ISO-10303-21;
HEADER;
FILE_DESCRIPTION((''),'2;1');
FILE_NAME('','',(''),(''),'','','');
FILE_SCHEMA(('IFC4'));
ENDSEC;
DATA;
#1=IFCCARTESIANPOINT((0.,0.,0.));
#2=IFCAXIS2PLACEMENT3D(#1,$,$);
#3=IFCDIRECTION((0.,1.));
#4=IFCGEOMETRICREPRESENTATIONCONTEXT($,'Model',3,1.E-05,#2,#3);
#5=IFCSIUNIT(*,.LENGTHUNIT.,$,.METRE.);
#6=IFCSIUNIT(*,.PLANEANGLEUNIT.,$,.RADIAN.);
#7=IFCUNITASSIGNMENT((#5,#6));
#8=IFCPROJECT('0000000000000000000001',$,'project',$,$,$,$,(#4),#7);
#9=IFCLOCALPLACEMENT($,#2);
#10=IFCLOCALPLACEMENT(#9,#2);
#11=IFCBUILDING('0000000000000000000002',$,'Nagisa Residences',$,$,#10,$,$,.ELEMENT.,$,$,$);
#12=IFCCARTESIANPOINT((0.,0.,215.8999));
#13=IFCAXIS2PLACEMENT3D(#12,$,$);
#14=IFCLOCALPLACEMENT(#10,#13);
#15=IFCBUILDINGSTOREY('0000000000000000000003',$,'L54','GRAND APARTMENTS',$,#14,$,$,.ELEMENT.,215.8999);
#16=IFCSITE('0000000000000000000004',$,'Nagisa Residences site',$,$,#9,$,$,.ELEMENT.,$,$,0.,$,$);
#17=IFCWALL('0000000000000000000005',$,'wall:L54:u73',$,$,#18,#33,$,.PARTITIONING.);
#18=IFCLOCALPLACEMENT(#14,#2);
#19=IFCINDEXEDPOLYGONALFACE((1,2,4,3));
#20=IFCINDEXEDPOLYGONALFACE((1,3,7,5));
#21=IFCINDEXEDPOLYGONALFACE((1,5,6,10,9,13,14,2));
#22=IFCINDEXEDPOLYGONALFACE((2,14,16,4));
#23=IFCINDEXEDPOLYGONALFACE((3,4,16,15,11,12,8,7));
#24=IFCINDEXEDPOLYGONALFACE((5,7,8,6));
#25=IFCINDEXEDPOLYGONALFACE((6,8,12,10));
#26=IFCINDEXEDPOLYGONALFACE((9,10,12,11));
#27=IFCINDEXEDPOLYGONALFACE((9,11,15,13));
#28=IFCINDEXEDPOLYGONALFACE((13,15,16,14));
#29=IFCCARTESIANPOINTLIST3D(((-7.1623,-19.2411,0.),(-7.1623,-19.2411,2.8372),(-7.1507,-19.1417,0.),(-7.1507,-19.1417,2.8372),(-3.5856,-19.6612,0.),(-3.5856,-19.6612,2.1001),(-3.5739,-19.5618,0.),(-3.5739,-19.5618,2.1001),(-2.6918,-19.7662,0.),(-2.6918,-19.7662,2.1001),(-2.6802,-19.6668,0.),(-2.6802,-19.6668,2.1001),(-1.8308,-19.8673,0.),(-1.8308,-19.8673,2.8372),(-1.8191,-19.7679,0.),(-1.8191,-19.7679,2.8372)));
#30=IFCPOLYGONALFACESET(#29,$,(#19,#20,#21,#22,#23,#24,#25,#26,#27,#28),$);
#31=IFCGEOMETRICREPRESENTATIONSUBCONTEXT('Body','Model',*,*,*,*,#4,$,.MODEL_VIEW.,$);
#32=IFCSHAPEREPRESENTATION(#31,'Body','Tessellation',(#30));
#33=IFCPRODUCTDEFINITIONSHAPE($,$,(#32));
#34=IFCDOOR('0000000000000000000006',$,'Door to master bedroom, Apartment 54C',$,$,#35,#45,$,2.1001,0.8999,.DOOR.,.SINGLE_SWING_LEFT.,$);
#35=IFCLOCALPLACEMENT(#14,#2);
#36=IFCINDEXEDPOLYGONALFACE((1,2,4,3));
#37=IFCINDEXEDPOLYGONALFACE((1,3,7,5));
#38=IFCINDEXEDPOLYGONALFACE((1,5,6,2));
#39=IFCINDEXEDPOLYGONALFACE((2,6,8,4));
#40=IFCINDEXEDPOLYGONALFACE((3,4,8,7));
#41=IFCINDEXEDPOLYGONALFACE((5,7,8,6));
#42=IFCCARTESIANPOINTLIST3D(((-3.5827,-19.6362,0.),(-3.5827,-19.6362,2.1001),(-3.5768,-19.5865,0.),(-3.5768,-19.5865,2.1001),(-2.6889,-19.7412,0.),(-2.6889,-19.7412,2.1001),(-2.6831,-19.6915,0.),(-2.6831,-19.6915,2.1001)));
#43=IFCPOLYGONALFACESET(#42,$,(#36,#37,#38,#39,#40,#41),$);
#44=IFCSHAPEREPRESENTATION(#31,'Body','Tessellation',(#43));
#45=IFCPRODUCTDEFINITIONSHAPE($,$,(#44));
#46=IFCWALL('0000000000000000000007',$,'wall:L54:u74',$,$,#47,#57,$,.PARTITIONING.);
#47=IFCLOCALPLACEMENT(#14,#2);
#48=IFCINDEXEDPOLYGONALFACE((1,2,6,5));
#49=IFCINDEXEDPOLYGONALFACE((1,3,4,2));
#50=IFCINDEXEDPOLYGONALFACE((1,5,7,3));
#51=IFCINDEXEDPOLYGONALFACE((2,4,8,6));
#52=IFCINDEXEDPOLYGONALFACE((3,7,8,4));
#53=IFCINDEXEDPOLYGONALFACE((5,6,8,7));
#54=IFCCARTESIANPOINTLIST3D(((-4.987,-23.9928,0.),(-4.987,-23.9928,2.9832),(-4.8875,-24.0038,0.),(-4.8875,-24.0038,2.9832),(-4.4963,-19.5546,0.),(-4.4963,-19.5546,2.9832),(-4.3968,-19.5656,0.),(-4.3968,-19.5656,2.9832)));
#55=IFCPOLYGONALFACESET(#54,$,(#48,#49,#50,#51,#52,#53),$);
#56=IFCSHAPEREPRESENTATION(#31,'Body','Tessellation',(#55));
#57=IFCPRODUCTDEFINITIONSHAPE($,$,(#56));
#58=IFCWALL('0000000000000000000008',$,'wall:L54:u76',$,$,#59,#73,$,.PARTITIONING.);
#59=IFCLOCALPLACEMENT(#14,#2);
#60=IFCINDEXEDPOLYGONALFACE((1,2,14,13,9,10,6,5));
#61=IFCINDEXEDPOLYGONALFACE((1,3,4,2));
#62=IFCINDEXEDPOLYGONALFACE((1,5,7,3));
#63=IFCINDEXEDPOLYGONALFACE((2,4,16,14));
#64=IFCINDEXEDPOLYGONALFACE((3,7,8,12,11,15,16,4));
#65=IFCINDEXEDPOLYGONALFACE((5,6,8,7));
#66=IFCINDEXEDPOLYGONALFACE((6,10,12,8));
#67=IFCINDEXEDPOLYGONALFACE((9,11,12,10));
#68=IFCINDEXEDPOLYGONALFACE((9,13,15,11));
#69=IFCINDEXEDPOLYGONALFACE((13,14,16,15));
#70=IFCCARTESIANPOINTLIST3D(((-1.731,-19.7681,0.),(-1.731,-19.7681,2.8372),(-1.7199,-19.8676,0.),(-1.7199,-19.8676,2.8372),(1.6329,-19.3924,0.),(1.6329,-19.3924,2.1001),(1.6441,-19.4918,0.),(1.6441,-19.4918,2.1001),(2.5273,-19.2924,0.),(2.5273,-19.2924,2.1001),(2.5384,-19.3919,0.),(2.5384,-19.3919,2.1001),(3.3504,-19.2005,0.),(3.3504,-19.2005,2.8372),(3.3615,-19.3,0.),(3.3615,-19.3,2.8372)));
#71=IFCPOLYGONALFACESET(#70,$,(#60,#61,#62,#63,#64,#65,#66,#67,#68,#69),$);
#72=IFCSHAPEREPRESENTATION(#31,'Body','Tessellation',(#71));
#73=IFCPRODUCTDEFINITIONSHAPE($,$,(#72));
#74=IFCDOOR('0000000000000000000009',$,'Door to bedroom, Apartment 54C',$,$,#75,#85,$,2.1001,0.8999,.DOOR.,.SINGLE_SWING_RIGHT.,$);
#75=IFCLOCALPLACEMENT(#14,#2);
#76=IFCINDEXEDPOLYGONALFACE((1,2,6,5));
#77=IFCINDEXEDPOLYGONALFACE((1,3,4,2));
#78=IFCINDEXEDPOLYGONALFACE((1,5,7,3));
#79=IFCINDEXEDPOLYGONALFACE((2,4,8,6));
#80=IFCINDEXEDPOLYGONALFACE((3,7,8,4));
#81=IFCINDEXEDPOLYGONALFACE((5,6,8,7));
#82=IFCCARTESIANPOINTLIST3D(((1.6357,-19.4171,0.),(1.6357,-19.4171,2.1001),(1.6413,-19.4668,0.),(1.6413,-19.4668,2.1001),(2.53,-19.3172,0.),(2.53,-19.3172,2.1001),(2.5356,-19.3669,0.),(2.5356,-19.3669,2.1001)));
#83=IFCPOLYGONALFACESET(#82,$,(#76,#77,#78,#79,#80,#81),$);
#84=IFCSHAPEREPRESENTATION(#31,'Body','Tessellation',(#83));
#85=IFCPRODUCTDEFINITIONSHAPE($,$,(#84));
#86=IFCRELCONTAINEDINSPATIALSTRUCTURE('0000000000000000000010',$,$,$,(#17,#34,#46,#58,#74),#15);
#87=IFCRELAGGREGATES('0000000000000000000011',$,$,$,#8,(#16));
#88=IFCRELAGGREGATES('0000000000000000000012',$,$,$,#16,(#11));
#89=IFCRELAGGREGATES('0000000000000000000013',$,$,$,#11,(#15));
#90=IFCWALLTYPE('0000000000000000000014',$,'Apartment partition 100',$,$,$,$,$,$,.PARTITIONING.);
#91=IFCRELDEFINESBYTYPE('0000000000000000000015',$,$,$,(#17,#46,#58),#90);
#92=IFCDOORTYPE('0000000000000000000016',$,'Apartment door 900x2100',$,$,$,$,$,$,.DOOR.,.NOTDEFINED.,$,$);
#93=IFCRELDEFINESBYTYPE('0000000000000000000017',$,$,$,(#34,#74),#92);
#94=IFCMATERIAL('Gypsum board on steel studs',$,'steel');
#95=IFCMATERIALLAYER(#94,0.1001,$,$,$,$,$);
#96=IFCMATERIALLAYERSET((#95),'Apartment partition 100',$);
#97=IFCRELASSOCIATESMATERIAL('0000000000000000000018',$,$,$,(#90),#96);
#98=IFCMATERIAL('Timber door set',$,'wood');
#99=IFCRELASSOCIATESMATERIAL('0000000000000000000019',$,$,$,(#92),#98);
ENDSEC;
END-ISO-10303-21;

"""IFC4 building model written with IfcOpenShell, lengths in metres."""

from ifc_helpers import new_model, si_unit, direction, frame, frame_2d, origin, place, context, subcontext, project, spatial, rectangle, extrude, material, layer, layer_set, type_object, element, fill, save


model = new_model("IFC4")

# Units and contexts
model_context = context("Model", 3, precision=1e-05, world=origin(), true_north=direction((0.0, 1.0)))
body_context = subcontext(model_context, "Body", "Model", "MODEL_VIEW")
ifc_project = project(units=[si_unit("LENGTHUNIT", "METRE"), si_unit("PLANEANGLEUNIT", "RADIAN")], contexts=[model_context])

# Site, building, storey
site_placement = place(None, origin())
site = spatial("IfcSite", under=ifc_project, at=site_placement, Name="Nagisa Residences site", CompositionType="ELEMENT", RefElevation=0.0)
building_placement = place(site_placement, origin())
building = spatial("IfcBuilding", under=site, at=building_placement, Name="Nagisa Residences", CompositionType="ELEMENT")
storey_placement = place(building_placement, frame((0.0, 0.0, 215.8999)))
storey = spatial("IfcBuildingStorey", under=building, at=storey_placement, Name="L54", Description="GRAND APARTMENTS", CompositionType="ELEMENT", Elevation=215.8999)

# Shared definitions
ifc_material_1 = material(Name="Gypsum board on steel studs", Category="steel")
ifc_layer_1 = layer(ifc_material_1, 0.1001)
ifc_layer_set_1 = layer_set([ifc_layer_1], Name="Apartment partition 100")
wall_type_1 = type_object("IfcWallType", Name="Apartment partition 100", PredefinedType="PARTITIONING", material=ifc_layer_set_1)
ifc_material_2 = material(Name="Timber door set", Category="wood")
door_type_1 = type_object("IfcDoorType", Name="Apartment door 900x2100", OperationType="NOTDEFINED", PredefinedType="DOOR", material=ifc_material_2)

# Wall, opening, door
wall_1_placement = place(storey_placement, frame((-7.1565, -19.1914, 0.0), z_axis=(0.0, 0.0, 1.0), x_axis=(0.993173, -0.116654, 0.0)))
wall_1 = element("IfcWall", 1, at=wall_1_placement, inside=storey, type_object=wall_type_1, Name="wall:L54:u73", PredefinedType="PARTITIONING", context=body_context, shape_type="SweptSolid", body=[
    extrude(rectangle(XDim=5.3682, YDim=0.1001, at=frame_2d((2.6841, 0.0))), origin(), (0.0, 0.0, 1.0), 2.8372),
])
opening_1_placement = place(wall_1_placement, frame((3.6013, 0.0, 0.0)))
opening_1 = element("IfcOpeningElement", 2, at=opening_1_placement, cuts=wall_1, PredefinedType="OPENING", context=body_context, shape_type="SweptSolid", body=[
    extrude(rectangle(XDim=0.8999, YDim=2.1001, at=frame_2d((0.45, 1.05))), frame((0.0, 0.0601, 0.0), z_axis=(0.0, -1.0, 0.0), x_axis=(1.0, 0.0, 0.0)), (0.0, 0.0, 1.0), 0.1201),
])
door_1_placement = place(opening_1_placement, frame((0.8999, 0.0, 0.0), x_axis=(-1.0, 0.0, 0.0)))
door_1 = element("IfcDoor", 3, at=door_1_placement, inside=storey, type_object=door_type_1, Name="Door to master bedroom, Apartment 54C", OperationType="SINGLE_SWING_LEFT", OverallHeight=2.1001, OverallWidth=0.8999, PredefinedType="DOOR", context=body_context, shape_type="SweptSolid", body=[
    extrude(rectangle(XDim=0.8999, YDim=2.1001, at=frame_2d((0.45, 1.05))), frame((0.0, 0.0249, 0.0), z_axis=(0.0, -1.0, 0.0), x_axis=(1.0, 0.0, 0.0)), (0.0, 0.0, 1.0), 0.05),
])
fill(opening_1, door_1)

# Wall
wall_2_placement = place(storey_placement, frame((-4.4465, -19.5601, 0.0), z_axis=(0.0, 0.0, 1.0), x_axis=(-0.109897, -0.993943, 0.0)))
element("IfcWall", 4, at=wall_2_placement, inside=storey, type_object=wall_type_1, Name="wall:L54:u74", PredefinedType="PARTITIONING", context=body_context, shape_type="SweptSolid", body=[
    extrude(rectangle(XDim=4.4653, YDim=0.1001, at=frame_2d((2.2327, 0.0))), origin(), (0.0, 0.0, 1.0), 2.9832),
])

# Wall, opening, door
wall_3_placement = place(storey_placement, frame((-1.7256, -19.8179, 0.0), z_axis=(0.0, 0.0, 1.0), x_axis=(0.993819, 0.111013, 0.0)))
wall_3 = element("IfcWall", 5, at=wall_3_placement, inside=storey, type_object=wall_type_1, Name="wall:L54:u76", PredefinedType="PARTITIONING", context=body_context, shape_type="SweptSolid", body=[
    extrude(rectangle(XDim=5.113, YDim=0.1001, at=frame_2d((2.5566, 0.0))), origin(), (0.0, 0.0, 1.0), 2.8372),
])
opening_2_placement = place(wall_3_placement, frame((3.385, 0.0, 0.0)))
opening_2 = element("IfcOpeningElement", 6, at=opening_2_placement, cuts=wall_3, PredefinedType="OPENING", context=body_context, shape_type="SweptSolid", body=[
    extrude(rectangle(XDim=0.8999, YDim=2.1001, at=frame_2d((0.45, 1.05))), frame((0.0, 0.0601, 0.0), z_axis=(0.0, -1.0, 0.0), x_axis=(1.0, 0.0, 0.0)), (0.0, 0.0, 1.0), 0.1201),
])
door_2_placement = place(opening_2_placement, frame((0.8999, 0.0, 0.0), x_axis=(-1.0, 0.0, 0.0)))
door_2 = element("IfcDoor", 7, at=door_2_placement, inside=storey, type_object=door_type_1, Name="Door to bedroom, Apartment 54C", OperationType="SINGLE_SWING_RIGHT", OverallHeight=2.1001, OverallWidth=0.8999, PredefinedType="DOOR", context=body_context, shape_type="SweptSolid", body=[
    extrude(rectangle(XDim=0.8999, YDim=2.1001, at=frame_2d((0.45, 1.05))), frame((0.0, 0.0249, 0.0), z_axis=(0.0, -1.0, 0.0), x_axis=(1.0, 0.0, 0.0)), (0.0, 0.0, 1.0), 0.05),
])
fill(opening_2, door_2)

save(model, "model.ifc")
